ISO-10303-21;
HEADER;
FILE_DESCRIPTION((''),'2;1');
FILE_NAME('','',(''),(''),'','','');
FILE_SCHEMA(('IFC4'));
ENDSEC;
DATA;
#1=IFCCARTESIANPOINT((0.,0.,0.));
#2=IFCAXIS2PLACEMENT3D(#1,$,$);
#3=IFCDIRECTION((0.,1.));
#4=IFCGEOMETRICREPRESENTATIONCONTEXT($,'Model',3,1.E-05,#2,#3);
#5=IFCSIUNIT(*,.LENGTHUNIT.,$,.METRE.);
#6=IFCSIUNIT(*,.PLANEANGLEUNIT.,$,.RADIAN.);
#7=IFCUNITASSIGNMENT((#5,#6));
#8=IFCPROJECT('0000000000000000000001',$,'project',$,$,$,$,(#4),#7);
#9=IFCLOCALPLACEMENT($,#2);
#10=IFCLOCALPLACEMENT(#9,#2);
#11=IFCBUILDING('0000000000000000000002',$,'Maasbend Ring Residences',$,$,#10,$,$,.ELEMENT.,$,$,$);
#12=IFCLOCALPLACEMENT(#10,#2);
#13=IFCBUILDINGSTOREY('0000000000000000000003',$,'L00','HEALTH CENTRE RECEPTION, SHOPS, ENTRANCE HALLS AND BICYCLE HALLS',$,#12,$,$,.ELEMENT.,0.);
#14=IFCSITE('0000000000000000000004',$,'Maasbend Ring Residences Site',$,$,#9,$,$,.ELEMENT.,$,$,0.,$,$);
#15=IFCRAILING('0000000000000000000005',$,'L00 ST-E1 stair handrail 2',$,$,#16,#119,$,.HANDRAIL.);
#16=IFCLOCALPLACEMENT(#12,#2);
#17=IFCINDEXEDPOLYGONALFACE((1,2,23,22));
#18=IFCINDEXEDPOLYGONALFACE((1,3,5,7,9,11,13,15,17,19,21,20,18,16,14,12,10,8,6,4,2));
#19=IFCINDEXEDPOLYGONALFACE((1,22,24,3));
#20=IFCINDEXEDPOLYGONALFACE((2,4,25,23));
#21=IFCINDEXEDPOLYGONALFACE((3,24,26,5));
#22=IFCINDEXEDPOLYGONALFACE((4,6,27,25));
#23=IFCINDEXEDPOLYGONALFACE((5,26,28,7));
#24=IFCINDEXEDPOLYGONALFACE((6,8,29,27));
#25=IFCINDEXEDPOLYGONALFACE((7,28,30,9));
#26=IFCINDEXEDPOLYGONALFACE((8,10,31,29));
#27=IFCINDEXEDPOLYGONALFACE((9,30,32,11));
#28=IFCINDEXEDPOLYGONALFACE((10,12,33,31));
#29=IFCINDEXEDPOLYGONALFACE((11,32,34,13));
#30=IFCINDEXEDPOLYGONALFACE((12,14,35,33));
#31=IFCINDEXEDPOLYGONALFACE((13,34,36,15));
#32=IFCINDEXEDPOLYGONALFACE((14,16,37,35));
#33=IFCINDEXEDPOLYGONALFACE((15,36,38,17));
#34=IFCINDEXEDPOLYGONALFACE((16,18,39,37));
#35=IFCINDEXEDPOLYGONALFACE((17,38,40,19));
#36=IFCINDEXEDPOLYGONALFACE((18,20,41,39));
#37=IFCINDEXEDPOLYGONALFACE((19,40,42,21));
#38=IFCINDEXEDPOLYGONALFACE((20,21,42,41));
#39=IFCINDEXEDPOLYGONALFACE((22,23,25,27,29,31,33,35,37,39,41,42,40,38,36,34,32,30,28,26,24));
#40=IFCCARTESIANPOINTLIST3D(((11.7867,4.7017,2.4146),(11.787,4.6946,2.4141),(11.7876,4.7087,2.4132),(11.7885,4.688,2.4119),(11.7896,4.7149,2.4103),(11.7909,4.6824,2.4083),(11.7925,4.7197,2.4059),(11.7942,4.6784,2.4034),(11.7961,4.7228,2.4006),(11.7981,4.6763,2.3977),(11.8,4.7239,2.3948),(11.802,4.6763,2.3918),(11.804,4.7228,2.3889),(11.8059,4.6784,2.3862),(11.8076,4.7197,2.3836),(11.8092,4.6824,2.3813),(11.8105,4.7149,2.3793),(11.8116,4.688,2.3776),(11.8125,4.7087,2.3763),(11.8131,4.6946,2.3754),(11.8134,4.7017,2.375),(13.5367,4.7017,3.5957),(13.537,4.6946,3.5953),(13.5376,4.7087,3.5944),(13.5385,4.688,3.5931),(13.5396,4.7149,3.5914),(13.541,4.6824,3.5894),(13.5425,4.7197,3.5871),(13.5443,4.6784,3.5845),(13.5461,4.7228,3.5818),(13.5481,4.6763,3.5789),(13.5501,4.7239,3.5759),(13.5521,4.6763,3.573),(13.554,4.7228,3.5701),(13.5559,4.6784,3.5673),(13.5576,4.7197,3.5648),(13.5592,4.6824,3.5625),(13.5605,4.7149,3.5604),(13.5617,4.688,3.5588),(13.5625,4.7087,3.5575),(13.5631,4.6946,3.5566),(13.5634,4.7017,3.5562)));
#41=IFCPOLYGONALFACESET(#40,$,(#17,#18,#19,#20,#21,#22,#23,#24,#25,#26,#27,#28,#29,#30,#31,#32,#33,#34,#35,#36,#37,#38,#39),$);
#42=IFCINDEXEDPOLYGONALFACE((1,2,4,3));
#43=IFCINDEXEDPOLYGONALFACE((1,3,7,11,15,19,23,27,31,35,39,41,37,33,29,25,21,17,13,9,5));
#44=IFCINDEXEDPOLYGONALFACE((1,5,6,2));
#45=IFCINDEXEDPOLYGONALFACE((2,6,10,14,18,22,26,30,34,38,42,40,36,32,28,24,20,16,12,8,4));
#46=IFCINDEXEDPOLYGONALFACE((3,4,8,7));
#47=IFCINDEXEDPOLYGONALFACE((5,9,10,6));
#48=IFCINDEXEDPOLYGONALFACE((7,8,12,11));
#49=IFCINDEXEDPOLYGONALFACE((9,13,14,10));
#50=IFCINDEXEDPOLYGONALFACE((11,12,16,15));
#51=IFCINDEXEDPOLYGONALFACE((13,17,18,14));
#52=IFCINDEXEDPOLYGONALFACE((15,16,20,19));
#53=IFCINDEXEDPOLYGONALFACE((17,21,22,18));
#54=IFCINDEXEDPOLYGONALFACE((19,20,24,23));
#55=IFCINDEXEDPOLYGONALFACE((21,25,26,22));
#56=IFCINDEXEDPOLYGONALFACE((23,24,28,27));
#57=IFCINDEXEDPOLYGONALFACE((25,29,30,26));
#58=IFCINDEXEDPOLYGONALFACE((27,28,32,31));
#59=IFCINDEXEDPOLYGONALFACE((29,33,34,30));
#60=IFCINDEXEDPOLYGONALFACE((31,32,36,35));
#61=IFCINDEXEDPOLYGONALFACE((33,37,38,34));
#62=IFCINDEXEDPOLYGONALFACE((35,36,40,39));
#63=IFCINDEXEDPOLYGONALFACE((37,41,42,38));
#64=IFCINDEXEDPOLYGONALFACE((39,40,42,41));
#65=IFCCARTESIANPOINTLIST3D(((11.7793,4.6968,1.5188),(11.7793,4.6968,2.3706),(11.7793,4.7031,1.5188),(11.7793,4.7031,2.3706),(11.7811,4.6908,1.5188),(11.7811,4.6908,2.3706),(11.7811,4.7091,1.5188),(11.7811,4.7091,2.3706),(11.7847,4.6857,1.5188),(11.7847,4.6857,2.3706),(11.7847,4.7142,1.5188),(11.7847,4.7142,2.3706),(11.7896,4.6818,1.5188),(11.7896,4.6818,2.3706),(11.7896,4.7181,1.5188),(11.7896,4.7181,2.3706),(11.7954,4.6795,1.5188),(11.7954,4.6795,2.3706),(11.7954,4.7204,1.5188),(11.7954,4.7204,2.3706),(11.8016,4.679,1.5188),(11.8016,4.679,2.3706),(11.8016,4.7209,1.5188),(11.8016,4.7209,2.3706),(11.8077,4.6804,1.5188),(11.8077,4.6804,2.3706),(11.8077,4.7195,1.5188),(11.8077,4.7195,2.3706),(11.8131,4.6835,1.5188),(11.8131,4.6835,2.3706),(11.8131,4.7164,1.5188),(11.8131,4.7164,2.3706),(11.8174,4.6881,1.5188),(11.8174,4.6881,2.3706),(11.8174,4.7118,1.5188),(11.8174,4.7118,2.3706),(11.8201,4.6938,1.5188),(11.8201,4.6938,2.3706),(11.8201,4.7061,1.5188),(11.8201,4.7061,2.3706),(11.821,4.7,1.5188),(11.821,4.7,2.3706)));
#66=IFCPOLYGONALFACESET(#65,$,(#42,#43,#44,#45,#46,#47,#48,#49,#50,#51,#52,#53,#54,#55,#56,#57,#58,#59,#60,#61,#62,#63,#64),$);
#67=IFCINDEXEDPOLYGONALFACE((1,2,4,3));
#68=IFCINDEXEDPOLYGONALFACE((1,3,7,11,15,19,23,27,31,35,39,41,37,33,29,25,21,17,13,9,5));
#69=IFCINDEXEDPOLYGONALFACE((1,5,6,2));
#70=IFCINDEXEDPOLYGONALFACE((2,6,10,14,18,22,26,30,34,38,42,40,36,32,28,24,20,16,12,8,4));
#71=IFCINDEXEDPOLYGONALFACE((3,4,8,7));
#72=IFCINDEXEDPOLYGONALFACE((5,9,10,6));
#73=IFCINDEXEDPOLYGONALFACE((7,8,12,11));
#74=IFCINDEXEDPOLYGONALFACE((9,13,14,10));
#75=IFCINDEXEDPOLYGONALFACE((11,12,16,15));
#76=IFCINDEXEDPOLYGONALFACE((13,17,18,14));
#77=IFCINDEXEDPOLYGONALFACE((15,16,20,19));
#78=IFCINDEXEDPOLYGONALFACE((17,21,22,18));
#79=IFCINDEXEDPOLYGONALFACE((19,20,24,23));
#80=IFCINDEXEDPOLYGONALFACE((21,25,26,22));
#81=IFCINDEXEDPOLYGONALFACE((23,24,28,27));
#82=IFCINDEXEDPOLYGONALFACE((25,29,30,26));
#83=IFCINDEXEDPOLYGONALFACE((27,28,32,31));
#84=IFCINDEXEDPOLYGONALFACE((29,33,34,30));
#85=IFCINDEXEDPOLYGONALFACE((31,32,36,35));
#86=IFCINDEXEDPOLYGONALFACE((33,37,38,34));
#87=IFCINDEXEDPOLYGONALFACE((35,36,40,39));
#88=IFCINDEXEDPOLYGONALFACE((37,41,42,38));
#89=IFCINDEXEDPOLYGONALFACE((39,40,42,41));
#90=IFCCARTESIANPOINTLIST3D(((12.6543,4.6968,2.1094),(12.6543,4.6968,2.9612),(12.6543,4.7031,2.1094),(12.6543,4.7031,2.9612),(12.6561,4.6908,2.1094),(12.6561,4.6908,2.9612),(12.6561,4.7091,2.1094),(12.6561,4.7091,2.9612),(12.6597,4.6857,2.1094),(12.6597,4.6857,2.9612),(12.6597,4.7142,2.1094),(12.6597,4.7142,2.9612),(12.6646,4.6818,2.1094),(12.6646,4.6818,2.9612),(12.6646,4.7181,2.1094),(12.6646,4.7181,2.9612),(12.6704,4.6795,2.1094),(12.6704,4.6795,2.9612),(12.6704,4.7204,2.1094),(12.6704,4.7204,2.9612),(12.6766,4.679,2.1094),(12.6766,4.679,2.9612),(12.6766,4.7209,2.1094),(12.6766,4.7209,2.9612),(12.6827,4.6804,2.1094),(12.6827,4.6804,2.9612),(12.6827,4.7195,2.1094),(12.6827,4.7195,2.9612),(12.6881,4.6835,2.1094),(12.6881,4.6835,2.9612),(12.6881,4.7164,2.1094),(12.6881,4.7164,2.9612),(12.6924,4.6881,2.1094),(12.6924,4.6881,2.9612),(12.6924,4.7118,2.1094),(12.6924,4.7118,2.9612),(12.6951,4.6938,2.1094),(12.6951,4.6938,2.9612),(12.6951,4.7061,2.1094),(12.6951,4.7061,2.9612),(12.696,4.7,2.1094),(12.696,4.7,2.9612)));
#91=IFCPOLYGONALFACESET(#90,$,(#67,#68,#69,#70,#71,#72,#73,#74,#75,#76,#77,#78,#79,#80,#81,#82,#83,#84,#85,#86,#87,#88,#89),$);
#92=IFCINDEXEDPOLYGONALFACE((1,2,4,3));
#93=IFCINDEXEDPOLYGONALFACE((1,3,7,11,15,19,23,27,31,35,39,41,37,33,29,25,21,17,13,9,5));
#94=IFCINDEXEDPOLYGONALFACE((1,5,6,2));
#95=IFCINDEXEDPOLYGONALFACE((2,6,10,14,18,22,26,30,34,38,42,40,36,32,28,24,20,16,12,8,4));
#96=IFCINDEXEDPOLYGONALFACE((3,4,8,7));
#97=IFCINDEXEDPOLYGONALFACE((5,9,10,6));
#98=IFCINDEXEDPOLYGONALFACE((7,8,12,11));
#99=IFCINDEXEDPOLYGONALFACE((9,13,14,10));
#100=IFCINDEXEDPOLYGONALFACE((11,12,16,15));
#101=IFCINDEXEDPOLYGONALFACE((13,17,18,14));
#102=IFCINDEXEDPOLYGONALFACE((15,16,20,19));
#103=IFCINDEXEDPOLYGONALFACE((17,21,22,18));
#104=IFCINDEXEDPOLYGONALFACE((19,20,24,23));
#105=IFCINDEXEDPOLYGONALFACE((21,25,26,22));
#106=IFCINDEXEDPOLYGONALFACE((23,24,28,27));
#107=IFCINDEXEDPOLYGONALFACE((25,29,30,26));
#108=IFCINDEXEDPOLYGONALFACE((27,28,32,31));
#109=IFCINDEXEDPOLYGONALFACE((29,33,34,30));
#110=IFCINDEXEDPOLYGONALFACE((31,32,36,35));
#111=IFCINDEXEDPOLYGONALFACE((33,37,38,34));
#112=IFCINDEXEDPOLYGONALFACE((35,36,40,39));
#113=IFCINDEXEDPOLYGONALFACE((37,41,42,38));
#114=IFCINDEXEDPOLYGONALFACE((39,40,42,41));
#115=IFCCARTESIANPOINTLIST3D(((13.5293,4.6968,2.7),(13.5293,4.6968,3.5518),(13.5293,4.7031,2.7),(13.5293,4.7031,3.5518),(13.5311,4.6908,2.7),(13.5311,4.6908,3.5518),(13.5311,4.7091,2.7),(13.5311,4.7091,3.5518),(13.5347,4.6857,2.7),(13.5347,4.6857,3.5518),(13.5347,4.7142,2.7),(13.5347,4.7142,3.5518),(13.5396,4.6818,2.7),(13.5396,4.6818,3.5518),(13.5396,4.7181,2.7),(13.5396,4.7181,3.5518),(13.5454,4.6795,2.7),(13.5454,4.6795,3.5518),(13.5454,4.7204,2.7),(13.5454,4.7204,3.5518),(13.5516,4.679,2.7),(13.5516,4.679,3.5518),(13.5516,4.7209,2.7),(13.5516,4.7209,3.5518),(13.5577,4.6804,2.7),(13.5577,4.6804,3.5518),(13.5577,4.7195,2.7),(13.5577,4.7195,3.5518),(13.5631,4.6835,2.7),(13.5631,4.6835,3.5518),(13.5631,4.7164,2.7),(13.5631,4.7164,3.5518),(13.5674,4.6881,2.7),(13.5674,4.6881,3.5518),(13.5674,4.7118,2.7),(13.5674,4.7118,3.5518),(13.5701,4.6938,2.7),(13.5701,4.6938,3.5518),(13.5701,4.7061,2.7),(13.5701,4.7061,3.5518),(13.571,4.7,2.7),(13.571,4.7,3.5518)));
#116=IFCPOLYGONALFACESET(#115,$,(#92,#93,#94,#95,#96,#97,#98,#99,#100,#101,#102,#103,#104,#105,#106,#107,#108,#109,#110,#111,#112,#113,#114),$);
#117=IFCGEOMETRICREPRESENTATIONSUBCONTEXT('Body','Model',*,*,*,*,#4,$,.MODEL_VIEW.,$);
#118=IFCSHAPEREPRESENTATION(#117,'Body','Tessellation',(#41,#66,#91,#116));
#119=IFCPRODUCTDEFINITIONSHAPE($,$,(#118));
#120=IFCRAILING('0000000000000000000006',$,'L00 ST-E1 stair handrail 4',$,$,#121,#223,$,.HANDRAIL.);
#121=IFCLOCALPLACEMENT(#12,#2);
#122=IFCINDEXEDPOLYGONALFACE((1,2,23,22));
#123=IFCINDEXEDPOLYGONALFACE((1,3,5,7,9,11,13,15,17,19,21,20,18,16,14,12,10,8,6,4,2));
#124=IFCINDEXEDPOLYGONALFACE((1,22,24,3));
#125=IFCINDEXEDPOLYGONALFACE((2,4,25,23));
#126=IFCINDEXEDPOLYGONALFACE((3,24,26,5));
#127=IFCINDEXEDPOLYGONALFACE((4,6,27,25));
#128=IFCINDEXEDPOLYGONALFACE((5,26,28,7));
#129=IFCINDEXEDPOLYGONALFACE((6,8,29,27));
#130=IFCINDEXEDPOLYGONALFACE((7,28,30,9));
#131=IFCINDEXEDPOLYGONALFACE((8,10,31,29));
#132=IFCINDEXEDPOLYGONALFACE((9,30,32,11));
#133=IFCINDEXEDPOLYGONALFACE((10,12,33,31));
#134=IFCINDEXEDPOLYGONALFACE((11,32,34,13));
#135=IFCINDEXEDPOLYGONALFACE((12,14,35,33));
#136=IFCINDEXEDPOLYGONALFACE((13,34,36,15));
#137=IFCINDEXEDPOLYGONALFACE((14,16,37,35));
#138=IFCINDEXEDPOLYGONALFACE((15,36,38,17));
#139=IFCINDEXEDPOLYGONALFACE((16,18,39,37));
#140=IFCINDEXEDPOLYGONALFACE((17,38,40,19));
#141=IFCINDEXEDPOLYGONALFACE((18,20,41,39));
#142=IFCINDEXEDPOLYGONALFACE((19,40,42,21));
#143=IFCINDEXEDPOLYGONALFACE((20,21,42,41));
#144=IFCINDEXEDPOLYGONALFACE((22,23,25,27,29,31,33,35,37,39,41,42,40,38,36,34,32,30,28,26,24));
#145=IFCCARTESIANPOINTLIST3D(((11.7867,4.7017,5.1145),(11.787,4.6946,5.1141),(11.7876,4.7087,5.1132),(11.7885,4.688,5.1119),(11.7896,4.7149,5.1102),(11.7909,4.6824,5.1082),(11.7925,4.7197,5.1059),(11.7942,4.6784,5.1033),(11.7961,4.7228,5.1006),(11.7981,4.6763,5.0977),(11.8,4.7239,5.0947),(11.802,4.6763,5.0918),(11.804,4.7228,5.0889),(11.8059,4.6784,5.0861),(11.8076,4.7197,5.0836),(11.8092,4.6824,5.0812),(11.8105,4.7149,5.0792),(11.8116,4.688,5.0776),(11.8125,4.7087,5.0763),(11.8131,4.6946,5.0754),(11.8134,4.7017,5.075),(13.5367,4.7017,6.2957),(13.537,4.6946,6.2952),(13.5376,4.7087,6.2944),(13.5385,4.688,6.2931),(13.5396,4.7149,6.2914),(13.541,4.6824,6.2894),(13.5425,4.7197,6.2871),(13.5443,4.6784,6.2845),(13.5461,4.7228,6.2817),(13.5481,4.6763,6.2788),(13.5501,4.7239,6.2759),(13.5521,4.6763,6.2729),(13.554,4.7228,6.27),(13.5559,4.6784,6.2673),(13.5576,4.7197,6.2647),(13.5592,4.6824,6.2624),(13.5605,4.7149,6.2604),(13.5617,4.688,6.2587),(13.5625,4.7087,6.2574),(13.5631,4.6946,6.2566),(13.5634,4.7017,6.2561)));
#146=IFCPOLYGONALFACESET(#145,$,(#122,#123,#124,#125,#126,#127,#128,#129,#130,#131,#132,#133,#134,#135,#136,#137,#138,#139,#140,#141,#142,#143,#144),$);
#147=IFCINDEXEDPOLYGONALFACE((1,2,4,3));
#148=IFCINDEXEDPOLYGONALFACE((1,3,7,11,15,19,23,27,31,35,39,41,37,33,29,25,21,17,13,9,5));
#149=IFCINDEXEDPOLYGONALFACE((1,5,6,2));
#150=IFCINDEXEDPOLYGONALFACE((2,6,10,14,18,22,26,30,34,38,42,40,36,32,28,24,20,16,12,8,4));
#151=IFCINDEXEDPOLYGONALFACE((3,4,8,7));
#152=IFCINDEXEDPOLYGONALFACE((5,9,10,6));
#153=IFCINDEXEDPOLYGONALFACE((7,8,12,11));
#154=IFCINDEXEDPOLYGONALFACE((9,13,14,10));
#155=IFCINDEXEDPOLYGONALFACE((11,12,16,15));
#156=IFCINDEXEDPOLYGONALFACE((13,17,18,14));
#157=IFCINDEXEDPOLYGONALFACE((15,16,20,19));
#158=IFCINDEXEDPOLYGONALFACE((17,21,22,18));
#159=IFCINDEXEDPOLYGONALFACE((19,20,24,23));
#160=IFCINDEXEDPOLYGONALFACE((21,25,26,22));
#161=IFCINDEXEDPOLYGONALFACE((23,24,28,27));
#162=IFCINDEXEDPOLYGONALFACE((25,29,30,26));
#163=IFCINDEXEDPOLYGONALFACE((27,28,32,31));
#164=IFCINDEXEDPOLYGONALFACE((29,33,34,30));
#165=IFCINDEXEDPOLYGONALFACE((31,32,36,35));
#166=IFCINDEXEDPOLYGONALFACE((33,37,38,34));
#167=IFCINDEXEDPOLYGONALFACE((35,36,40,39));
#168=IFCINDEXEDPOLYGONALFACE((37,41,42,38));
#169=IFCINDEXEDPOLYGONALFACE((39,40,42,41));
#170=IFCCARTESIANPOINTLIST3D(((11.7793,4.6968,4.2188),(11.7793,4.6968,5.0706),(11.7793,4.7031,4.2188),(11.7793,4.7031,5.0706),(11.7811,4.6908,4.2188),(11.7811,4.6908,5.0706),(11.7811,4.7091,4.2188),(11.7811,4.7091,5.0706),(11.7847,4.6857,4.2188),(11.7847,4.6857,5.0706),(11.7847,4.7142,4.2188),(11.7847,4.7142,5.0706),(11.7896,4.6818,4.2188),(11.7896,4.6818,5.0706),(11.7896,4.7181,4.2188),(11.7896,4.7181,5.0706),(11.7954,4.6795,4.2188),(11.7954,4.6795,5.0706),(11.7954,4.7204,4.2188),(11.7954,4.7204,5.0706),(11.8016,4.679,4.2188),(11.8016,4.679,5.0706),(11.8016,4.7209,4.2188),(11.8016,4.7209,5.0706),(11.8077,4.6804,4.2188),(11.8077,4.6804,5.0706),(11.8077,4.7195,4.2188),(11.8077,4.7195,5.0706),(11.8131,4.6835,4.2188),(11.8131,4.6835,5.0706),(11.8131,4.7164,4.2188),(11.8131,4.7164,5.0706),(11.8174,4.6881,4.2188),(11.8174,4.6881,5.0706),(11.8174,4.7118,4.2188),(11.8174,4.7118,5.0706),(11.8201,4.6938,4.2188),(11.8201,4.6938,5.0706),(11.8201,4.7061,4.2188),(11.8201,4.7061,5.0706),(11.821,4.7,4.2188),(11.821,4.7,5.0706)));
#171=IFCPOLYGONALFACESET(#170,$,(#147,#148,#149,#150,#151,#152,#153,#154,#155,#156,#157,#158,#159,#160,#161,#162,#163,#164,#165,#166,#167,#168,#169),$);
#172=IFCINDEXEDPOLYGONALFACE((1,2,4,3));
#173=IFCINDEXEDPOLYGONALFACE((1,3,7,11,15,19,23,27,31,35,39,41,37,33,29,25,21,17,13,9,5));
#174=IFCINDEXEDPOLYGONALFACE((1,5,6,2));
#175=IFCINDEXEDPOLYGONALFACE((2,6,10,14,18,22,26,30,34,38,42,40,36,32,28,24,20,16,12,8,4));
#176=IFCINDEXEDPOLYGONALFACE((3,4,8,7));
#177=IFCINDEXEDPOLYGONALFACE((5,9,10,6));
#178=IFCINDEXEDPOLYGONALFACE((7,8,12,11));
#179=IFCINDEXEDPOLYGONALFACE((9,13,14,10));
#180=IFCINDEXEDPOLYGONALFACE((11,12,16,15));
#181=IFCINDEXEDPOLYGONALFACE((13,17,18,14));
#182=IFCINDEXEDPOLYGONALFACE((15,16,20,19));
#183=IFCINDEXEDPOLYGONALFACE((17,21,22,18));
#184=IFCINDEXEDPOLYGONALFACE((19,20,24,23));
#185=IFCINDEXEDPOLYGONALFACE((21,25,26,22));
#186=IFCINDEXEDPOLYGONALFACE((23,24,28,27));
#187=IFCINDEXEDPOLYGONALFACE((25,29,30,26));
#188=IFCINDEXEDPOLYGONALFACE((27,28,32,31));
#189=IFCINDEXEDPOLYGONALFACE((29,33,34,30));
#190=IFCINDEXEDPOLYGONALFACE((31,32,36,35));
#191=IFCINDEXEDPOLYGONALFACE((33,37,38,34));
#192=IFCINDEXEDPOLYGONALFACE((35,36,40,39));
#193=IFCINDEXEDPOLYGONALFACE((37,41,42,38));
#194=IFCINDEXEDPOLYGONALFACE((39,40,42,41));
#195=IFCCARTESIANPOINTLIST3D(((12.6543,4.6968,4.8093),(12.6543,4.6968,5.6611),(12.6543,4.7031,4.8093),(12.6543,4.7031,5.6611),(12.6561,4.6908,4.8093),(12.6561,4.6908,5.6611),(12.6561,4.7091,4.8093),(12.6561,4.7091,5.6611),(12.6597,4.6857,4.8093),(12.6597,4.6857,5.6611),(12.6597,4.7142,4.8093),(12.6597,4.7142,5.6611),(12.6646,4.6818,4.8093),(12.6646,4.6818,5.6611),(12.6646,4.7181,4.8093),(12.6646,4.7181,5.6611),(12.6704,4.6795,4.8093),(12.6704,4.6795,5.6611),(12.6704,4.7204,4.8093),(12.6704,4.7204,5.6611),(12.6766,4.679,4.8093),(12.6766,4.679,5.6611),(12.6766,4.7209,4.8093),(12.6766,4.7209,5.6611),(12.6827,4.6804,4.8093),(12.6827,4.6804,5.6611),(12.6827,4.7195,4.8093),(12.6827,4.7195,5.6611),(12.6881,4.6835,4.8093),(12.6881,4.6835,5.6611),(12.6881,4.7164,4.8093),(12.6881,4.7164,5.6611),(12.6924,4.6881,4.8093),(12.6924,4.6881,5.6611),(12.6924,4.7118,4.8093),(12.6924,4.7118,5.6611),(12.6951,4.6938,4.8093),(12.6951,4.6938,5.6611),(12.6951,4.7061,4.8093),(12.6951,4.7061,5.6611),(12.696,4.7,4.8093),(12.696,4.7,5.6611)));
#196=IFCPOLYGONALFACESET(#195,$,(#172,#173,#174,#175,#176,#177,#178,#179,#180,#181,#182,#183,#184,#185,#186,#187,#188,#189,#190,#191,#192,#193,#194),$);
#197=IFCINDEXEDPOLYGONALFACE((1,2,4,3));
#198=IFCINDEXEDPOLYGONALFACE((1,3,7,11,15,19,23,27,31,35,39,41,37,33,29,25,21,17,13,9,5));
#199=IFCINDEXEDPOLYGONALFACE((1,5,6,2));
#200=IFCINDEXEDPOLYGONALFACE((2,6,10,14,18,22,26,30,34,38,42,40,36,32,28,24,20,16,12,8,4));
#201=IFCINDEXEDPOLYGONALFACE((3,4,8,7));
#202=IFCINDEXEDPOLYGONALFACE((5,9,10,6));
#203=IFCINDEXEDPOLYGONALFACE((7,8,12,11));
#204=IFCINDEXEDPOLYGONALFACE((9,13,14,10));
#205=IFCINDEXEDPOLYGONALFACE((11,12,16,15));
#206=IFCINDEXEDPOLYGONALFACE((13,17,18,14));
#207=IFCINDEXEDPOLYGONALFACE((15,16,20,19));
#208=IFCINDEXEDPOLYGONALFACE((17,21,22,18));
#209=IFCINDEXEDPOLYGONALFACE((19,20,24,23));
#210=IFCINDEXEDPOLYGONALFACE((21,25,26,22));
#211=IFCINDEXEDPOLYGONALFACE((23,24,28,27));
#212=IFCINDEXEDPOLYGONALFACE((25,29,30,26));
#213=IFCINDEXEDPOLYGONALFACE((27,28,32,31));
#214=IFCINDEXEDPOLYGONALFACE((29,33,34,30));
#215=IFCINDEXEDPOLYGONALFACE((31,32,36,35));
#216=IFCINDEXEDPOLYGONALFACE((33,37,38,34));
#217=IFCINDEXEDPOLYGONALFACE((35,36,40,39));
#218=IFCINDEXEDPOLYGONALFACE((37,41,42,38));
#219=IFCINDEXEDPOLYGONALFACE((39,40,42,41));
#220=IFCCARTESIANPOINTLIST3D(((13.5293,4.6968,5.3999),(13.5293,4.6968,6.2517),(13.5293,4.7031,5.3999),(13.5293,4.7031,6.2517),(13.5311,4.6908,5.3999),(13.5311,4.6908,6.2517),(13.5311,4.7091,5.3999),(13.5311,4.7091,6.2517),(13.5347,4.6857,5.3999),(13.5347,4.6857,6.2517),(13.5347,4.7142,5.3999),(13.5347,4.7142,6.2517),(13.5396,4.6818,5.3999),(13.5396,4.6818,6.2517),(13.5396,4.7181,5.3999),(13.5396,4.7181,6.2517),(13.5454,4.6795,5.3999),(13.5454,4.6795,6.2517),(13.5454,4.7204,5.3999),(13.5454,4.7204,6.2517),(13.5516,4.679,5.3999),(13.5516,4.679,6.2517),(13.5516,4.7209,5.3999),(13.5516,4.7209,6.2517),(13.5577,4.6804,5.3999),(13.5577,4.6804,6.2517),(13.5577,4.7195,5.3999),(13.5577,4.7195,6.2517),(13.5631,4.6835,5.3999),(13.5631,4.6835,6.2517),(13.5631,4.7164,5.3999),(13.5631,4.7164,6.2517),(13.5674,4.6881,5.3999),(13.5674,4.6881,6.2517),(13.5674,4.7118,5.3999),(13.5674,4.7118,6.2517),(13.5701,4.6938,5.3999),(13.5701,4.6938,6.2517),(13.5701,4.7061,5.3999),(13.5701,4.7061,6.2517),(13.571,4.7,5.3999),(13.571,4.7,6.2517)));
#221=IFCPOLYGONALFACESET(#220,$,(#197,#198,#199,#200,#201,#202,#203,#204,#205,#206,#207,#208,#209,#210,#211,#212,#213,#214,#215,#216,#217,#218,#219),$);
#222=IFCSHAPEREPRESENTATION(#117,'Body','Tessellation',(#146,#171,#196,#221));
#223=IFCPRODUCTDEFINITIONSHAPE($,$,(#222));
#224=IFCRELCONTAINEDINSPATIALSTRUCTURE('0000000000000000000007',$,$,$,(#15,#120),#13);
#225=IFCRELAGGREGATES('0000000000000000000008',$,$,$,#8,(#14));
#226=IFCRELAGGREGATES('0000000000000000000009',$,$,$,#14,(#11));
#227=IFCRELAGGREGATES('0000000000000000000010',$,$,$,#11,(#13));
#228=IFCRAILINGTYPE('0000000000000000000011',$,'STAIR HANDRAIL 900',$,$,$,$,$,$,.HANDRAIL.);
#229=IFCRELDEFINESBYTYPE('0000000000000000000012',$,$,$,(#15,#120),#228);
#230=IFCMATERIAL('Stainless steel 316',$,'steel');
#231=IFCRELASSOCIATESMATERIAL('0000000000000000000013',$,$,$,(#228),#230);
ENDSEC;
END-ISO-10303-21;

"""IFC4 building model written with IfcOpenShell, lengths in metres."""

from ifc_helpers import new_model, si_unit, direction, frame, origin, origin_2d, place, context, subcontext, project, spatial, circle, extrude, material, type_object, element, save


model = new_model("IFC4")

# Units and contexts
model_context = context("Model", 3, precision=1e-05, world=origin(), true_north=direction((0.0, 1.0)))
body_context = subcontext(model_context, "Body", "Model", "MODEL_VIEW")
ifc_project = project(units=[si_unit("LENGTHUNIT", "METRE"), si_unit("PLANEANGLEUNIT", "RADIAN")], contexts=[model_context])

# Site, building, storey
site_placement = place(None, origin())
site = spatial("IfcSite", under=ifc_project, at=site_placement, Name="Maasbend Ring Residences Site", CompositionType="ELEMENT", RefElevation=0.0)
building_placement = place(site_placement, origin())
building = spatial("IfcBuilding", under=site, at=building_placement, Name="Maasbend Ring Residences", CompositionType="ELEMENT")
storey_placement = place(building_placement, origin())
storey = spatial("IfcBuildingStorey", under=building, at=storey_placement, Name="L00", Description="HEALTH CENTRE RECEPTION, SHOPS, ENTRANCE HALLS AND BICYCLE HALLS", CompositionType="ELEMENT", Elevation=0.0)

# Railings
ifc_material_1 = material(Name="Stainless steel 316", Category="steel")
railing_type = type_object("IfcRailingType", Name="STAIR HANDRAIL 900", PredefinedType="HANDRAIL", material=ifc_material_1)
for number, where, name in (
    (1, (11.8, 4.7, 1.5188), "L00 ST-E1 stair handrail 2"),
    (2, (11.8, 4.7, 4.2188), "L00 ST-E1 stair handrail 4"),
):
    element("IfcRailing", number, at=place(storey_placement, frame(where)), inside=storey, type_object=railing_type, Name=name, PredefinedType="HANDRAIL", context=body_context, shape_type="SweptSolid", body=[
        extrude(circle(Radius=0.0239, at=origin_2d()), frame((0.0, 0.0, 0.876), z_axis=(0.82887, 0.0, 0.559441), x_axis=(0.0, 1.0, 0.0)), (0.0, 0.0, 1.0), 2.1113),
        extrude(circle(Radius=0.021, at=origin_2d()), origin(), (0.0, 0.0, 1.0), 0.8518),
        extrude(circle(Radius=0.021, at=origin_2d()), frame((0.875, 0.0, 0.5906)), (0.0, 0.0, 1.0), 0.8518),
        extrude(circle(Radius=0.021, at=origin_2d()), frame((1.75, 0.0, 1.1812)), (0.0, 0.0, 1.0), 0.8518),
    ])

save(model, "model.ifc")
